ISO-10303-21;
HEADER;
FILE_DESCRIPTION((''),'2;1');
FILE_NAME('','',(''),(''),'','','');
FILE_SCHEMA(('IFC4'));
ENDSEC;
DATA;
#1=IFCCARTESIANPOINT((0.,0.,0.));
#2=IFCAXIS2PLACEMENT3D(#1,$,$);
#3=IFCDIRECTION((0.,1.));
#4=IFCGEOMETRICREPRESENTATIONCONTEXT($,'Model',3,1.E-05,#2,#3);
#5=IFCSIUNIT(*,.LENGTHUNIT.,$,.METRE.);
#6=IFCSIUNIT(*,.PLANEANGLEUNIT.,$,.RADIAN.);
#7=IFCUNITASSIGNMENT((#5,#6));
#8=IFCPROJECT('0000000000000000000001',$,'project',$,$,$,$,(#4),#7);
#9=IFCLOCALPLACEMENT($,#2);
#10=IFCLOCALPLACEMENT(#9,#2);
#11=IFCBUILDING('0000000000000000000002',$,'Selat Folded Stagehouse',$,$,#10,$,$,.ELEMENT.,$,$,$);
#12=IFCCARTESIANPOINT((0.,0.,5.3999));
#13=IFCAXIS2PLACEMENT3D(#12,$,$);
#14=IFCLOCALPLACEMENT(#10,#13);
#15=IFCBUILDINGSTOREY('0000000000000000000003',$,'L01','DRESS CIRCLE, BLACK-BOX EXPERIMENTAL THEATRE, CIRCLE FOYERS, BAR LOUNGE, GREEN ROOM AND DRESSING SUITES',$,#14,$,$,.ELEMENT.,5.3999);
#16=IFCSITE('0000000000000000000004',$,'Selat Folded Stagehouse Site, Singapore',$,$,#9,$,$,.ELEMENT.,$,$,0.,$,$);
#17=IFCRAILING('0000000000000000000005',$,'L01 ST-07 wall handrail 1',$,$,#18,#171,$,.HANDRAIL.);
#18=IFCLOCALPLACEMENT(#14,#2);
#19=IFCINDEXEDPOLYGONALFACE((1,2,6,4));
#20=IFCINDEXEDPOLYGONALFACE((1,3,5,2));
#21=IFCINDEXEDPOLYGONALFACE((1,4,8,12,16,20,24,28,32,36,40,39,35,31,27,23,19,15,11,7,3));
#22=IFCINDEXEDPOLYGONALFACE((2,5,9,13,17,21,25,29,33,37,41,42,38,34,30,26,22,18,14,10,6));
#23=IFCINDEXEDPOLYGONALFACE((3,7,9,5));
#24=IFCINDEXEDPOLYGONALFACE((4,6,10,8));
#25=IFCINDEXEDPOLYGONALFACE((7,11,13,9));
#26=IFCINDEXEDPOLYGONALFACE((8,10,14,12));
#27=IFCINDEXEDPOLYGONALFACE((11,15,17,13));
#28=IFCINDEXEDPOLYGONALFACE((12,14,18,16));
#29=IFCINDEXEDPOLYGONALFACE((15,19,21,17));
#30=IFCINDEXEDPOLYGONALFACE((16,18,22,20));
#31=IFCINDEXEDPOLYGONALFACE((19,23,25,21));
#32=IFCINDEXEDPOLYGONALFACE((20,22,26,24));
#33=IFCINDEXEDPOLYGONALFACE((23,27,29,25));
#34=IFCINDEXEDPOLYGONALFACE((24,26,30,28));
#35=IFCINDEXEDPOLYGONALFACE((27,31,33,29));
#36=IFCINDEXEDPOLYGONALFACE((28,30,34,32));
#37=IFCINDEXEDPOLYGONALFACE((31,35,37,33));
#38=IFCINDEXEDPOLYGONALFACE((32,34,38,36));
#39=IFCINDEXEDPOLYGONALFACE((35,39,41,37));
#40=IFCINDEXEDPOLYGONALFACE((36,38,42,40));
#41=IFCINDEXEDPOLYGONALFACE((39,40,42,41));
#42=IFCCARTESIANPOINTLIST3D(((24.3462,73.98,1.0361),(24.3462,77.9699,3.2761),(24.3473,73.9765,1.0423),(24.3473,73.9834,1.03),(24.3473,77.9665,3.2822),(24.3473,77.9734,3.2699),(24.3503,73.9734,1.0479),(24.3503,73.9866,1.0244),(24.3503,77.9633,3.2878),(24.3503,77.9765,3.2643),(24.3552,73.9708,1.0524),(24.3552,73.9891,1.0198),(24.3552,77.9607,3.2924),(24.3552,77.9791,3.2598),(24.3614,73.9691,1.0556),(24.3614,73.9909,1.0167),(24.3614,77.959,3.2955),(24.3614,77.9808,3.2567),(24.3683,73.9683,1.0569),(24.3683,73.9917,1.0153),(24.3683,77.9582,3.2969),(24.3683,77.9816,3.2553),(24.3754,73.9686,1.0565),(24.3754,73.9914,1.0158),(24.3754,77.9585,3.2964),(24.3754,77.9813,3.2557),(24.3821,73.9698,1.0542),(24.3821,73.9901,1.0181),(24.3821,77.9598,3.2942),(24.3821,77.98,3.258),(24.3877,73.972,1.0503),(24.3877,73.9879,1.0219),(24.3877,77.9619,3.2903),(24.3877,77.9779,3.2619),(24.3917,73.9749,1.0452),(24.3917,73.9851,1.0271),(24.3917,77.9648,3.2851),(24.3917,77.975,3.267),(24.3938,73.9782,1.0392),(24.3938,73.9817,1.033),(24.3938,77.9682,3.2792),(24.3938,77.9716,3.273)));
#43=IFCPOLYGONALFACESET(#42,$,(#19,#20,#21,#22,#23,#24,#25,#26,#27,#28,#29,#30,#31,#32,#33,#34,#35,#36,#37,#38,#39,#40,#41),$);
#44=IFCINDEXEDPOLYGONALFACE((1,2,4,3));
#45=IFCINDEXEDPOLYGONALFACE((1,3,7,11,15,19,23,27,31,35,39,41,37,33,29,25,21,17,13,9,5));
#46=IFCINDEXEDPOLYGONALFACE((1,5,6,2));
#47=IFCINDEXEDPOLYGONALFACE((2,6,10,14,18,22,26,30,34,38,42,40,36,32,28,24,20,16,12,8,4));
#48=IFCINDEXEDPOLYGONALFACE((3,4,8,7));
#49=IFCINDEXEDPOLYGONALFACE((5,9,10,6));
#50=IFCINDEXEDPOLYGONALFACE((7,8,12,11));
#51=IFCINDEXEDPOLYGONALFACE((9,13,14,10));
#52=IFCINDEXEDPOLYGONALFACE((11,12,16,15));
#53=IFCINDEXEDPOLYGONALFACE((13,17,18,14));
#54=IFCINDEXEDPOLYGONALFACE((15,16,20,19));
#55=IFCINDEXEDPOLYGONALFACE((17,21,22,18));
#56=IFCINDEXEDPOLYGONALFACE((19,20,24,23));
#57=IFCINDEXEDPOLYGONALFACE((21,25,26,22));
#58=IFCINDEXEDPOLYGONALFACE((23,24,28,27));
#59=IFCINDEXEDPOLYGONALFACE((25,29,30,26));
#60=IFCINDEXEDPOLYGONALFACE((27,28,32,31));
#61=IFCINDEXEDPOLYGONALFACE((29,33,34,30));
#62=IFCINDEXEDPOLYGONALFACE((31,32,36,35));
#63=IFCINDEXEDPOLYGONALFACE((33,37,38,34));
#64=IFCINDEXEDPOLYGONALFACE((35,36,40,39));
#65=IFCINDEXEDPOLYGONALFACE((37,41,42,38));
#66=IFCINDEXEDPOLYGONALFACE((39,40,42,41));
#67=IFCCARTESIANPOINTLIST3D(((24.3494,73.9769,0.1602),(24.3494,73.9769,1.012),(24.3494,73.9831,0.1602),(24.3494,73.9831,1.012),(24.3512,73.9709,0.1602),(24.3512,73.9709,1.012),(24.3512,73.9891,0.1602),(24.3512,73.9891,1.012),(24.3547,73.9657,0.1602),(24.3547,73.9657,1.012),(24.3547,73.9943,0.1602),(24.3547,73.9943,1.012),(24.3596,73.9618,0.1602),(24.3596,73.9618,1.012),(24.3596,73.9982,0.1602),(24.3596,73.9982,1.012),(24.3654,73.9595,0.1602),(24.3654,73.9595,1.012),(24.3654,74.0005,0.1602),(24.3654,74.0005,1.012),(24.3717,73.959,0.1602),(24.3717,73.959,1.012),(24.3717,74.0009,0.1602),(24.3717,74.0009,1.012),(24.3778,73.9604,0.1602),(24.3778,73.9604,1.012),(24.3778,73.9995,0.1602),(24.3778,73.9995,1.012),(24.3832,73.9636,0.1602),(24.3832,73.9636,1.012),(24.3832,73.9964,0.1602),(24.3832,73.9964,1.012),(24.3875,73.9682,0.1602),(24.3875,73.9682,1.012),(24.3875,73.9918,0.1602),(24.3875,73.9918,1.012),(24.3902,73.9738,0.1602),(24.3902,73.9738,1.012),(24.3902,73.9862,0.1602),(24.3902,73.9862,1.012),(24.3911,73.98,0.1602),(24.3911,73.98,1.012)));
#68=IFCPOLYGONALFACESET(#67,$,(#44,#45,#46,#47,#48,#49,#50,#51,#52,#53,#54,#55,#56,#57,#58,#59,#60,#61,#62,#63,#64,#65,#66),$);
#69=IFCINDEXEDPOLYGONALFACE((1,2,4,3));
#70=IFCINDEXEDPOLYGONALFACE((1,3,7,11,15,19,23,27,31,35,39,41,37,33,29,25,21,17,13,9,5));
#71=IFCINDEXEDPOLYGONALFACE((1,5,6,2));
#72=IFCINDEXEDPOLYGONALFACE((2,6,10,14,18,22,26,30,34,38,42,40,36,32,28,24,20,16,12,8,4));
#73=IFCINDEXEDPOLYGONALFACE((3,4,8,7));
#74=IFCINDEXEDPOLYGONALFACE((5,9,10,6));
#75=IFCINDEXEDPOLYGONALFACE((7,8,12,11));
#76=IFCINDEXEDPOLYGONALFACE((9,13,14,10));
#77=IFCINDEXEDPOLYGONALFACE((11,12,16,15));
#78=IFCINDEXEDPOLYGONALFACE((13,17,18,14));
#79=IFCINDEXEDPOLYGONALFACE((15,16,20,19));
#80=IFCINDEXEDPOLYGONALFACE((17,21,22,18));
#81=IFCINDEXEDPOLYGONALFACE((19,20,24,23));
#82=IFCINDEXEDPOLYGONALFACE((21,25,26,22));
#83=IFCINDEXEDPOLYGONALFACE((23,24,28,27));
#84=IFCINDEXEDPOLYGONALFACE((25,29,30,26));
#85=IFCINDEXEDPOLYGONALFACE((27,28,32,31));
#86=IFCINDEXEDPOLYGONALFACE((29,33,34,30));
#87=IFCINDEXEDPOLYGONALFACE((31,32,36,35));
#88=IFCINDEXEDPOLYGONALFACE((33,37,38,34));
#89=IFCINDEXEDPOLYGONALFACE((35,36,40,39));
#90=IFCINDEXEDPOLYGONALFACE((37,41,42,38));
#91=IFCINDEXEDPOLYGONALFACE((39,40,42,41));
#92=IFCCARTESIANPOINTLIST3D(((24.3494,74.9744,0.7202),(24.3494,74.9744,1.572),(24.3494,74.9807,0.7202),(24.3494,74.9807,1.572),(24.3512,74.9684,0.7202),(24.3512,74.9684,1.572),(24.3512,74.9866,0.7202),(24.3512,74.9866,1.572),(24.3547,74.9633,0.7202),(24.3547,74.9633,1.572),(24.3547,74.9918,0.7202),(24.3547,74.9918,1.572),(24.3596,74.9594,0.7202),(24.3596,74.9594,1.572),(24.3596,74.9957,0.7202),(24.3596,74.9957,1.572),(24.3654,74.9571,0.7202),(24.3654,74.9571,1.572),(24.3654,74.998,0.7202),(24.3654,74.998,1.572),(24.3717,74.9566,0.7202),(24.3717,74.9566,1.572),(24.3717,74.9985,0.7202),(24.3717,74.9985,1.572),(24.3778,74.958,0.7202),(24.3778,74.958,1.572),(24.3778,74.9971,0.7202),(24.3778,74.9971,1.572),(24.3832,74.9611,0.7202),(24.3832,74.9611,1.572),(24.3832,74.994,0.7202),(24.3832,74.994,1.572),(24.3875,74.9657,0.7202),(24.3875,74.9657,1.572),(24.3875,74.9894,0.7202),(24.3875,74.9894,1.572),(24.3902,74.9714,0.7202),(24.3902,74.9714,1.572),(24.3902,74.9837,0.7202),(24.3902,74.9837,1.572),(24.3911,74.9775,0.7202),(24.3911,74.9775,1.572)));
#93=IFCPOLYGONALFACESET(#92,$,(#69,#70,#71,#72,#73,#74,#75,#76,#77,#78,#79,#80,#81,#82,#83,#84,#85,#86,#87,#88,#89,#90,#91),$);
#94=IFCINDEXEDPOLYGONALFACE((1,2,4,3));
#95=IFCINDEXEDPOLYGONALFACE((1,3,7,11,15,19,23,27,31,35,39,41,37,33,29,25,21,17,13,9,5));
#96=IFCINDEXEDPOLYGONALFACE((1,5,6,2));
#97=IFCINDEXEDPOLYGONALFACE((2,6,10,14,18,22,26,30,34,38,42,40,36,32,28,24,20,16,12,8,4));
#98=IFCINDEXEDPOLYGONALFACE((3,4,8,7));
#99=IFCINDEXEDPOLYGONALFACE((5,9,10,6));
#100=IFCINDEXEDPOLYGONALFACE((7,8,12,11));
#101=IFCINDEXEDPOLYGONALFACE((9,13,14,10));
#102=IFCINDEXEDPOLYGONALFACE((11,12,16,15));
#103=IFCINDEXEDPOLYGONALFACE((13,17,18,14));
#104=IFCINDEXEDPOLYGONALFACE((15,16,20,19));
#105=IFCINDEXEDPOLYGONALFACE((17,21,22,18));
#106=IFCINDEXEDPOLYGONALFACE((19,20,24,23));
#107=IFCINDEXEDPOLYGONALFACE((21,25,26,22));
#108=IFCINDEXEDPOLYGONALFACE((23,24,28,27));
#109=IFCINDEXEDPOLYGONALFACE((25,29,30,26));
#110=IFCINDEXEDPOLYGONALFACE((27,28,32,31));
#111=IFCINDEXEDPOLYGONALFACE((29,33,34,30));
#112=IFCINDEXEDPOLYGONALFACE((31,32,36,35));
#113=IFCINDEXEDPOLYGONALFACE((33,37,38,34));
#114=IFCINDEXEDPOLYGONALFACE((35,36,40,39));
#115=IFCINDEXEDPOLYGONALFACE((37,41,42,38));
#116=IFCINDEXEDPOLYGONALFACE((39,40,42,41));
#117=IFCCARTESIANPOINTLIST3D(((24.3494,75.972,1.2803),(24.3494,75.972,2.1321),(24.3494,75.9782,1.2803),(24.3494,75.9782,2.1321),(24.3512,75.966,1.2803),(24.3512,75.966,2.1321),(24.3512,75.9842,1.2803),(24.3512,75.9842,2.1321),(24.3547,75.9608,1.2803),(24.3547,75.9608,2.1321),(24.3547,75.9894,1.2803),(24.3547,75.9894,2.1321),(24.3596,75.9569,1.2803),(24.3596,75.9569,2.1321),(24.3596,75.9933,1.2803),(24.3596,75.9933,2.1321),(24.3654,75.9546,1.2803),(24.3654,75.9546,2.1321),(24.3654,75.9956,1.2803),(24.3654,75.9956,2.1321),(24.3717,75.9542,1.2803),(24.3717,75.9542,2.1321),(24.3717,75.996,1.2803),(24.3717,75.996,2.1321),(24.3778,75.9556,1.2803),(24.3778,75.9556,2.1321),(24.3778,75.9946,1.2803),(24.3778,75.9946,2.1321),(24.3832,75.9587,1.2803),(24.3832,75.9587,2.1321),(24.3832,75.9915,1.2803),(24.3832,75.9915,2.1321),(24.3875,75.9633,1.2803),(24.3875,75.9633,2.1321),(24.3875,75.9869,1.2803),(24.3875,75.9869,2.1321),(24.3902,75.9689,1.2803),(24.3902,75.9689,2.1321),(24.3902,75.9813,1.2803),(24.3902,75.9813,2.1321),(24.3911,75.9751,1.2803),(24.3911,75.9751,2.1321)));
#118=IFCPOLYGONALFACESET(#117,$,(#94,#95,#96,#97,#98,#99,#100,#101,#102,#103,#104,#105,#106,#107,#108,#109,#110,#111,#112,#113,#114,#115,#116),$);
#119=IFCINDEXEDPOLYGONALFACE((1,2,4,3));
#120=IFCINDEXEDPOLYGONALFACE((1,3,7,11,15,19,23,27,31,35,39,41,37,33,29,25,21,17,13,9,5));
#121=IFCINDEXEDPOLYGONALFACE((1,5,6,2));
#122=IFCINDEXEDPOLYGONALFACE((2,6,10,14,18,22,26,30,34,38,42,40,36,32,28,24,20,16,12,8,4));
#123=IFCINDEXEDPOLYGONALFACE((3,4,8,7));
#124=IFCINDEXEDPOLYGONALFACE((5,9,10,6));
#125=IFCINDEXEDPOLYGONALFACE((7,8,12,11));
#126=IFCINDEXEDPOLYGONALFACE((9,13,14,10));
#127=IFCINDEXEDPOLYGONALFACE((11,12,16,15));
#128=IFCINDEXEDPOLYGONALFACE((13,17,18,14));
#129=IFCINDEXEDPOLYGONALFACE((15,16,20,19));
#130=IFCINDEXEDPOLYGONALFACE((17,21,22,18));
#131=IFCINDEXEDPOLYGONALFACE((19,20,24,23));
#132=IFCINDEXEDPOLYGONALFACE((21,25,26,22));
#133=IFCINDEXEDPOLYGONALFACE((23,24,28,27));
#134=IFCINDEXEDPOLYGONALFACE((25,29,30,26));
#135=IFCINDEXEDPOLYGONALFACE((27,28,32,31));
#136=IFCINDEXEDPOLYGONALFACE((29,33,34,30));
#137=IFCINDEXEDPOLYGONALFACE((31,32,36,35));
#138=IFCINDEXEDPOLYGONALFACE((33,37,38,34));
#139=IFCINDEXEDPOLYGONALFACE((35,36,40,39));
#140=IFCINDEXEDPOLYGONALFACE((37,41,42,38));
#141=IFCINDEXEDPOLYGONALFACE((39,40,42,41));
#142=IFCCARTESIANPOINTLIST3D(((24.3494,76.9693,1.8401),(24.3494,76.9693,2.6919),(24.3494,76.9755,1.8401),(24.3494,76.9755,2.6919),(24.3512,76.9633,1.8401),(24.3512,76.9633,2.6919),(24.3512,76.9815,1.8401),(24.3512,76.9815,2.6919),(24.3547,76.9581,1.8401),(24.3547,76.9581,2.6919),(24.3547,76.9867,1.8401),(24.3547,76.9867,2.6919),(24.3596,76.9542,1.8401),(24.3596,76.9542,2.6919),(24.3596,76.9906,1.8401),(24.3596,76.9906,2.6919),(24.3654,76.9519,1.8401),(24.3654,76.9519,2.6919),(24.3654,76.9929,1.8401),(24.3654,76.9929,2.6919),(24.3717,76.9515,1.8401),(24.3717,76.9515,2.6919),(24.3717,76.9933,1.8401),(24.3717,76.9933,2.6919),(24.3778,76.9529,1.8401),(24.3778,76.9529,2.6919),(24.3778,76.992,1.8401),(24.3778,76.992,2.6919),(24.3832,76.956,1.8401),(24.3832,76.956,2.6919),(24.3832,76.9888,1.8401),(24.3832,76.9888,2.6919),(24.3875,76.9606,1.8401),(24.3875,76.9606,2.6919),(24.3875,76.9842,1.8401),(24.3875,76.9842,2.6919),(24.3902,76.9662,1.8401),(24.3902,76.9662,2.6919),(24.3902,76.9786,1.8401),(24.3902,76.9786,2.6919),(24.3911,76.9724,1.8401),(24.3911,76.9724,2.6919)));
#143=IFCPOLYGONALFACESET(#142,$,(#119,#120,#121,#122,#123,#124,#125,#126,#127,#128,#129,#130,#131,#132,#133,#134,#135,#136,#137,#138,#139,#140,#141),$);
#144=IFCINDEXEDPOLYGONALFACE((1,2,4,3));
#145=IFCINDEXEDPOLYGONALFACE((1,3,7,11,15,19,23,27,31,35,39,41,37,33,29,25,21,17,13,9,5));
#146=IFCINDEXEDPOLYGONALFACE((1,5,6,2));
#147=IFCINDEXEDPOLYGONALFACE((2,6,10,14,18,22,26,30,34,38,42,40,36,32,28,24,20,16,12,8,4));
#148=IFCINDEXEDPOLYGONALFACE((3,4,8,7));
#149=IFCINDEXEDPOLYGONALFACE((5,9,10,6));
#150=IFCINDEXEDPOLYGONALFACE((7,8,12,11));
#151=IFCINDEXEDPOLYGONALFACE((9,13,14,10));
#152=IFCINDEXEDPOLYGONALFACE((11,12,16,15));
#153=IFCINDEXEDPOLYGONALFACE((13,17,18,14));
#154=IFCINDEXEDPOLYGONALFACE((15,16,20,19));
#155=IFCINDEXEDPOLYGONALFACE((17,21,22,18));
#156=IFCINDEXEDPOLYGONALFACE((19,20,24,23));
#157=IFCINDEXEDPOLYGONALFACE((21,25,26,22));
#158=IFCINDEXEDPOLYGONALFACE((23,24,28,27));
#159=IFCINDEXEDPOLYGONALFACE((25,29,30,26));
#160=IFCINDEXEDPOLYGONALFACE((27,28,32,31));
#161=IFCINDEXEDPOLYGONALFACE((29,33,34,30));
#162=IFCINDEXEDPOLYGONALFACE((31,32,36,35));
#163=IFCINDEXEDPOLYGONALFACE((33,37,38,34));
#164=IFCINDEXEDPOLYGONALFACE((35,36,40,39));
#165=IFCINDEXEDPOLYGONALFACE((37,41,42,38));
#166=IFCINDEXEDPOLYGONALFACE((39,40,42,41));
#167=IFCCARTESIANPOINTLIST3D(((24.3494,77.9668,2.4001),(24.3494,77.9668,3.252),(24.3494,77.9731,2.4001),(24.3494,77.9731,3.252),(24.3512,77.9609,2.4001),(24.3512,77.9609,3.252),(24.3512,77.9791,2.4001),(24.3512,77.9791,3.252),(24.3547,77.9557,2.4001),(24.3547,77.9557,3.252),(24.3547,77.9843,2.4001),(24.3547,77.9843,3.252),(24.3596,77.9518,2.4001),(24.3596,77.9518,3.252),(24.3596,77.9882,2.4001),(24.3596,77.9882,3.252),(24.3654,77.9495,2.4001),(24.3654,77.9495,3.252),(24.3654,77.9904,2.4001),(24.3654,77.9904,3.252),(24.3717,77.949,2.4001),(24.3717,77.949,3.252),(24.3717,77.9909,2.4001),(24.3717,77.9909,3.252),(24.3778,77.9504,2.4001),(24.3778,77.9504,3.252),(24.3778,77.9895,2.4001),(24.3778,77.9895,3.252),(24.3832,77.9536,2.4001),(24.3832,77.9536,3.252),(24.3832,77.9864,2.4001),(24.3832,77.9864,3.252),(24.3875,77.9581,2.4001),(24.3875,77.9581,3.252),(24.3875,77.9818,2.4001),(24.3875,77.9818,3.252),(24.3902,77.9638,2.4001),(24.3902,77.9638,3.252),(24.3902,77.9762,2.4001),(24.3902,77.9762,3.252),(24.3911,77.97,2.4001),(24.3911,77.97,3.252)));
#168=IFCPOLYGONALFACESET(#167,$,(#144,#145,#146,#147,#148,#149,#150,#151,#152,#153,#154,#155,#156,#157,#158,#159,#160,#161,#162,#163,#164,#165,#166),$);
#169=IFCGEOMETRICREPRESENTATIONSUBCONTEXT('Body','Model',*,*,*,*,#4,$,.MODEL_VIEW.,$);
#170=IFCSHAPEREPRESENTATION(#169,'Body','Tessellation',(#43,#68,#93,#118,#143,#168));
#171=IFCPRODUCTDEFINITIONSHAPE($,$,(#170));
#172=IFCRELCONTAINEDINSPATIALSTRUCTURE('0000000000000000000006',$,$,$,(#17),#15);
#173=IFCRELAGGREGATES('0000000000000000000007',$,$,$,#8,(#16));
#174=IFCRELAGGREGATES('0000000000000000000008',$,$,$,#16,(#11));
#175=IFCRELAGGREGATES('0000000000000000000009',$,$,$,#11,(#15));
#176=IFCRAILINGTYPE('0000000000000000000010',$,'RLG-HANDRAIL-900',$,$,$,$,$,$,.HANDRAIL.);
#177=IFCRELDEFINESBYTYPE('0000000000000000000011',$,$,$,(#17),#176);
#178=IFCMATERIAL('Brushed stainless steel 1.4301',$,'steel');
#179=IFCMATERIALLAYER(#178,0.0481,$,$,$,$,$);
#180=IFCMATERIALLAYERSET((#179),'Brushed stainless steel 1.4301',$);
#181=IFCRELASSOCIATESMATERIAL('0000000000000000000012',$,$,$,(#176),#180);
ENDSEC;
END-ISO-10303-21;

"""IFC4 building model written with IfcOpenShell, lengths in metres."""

from ifc_helpers import new_model, si_unit, direction, frame, origin, origin_2d, place, context, subcontext, project, spatial, circle, extrude, material, layer, layer_set, type_object, element, save


model = new_model("IFC4")

# Units and contexts
model_context = context("Model", 3, precision=1e-05, world=origin(), true_north=direction((0.0, 1.0)))
body_context = subcontext(model_context, "Body", "Model", "MODEL_VIEW")
ifc_project = project(units=[si_unit("LENGTHUNIT", "METRE"), si_unit("PLANEANGLEUNIT", "RADIAN")], contexts=[model_context])

# Site, building, storey
site_placement = place(None, origin())
site = spatial("IfcSite", under=ifc_project, at=site_placement, Name="Selat Folded Stagehouse Site, Singapore", CompositionType="ELEMENT", RefElevation=0.0)
building_placement = place(site_placement, origin())
building = spatial("IfcBuilding", under=site, at=building_placement, Name="Selat Folded Stagehouse", CompositionType="ELEMENT")
storey_placement = place(building_placement, frame((0.0, 0.0, 5.3999)))
storey = spatial("IfcBuildingStorey", under=building, at=storey_placement, Name="L01", Description="DRESS CIRCLE, BLACK-BOX EXPERIMENTAL THEATRE, CIRCLE FOYERS, BAR LOUNGE, GREEN ROOM AND DRESSING SUITES", CompositionType="ELEMENT", Elevation=5.3999)

# Railing
ifc_material_1 = material(Name="Brushed stainless steel 1.4301", Category="steel")
ifc_layer_1 = layer(ifc_material_1, 0.0481)
ifc_layer_set_1 = layer_set([ifc_layer_1], Name="Brushed stainless steel 1.4301")
railing_type = type_object("IfcRailingType", Name="RLG-HANDRAIL-900", PredefinedType="HANDRAIL", material=ifc_layer_set_1)
railing_placement = place(storey_placement, frame((24.3701, 73.98, 0.1602)))
element("IfcRailing", 1, at=railing_placement, inside=storey, type_object=railing_type, Name="L01 ST-07 wall handrail 1", PredefinedType="HANDRAIL", context=body_context, shape_type="SweptSolid", body=[
    extrude(circle(Radius=0.0239, at=origin_2d()), frame((0.0, 0.0, 0.876), z_axis=(0.0, 0.871984, 0.489534), x_axis=(-1.0, 0.0, 0.0)), (0.0, 0.0, 1.0), 4.5757),
    extrude(circle(Radius=0.021, at=origin_2d()), origin(), (0.0, 0.0, 1.0), 0.8518),
    extrude(circle(Radius=0.021, at=origin_2d()), frame((0.0, 0.9976, 0.5601)), (0.0, 0.0, 1.0), 0.8518),
    extrude(circle(Radius=0.021, at=origin_2d()), frame((0.0, 1.9951, 1.1201)), (0.0, 0.0, 1.0), 0.8518),
    extrude(circle(Radius=0.021, at=origin_2d()), frame((0.0, 2.9924, 1.6799)), (0.0, 0.0, 1.0), 0.8518),
    extrude(circle(Radius=0.021, at=origin_2d()), frame((0.0, 3.99, 2.24)), (0.0, 0.0, 1.0), 0.8518),
])

save(model, "model.ifc")
